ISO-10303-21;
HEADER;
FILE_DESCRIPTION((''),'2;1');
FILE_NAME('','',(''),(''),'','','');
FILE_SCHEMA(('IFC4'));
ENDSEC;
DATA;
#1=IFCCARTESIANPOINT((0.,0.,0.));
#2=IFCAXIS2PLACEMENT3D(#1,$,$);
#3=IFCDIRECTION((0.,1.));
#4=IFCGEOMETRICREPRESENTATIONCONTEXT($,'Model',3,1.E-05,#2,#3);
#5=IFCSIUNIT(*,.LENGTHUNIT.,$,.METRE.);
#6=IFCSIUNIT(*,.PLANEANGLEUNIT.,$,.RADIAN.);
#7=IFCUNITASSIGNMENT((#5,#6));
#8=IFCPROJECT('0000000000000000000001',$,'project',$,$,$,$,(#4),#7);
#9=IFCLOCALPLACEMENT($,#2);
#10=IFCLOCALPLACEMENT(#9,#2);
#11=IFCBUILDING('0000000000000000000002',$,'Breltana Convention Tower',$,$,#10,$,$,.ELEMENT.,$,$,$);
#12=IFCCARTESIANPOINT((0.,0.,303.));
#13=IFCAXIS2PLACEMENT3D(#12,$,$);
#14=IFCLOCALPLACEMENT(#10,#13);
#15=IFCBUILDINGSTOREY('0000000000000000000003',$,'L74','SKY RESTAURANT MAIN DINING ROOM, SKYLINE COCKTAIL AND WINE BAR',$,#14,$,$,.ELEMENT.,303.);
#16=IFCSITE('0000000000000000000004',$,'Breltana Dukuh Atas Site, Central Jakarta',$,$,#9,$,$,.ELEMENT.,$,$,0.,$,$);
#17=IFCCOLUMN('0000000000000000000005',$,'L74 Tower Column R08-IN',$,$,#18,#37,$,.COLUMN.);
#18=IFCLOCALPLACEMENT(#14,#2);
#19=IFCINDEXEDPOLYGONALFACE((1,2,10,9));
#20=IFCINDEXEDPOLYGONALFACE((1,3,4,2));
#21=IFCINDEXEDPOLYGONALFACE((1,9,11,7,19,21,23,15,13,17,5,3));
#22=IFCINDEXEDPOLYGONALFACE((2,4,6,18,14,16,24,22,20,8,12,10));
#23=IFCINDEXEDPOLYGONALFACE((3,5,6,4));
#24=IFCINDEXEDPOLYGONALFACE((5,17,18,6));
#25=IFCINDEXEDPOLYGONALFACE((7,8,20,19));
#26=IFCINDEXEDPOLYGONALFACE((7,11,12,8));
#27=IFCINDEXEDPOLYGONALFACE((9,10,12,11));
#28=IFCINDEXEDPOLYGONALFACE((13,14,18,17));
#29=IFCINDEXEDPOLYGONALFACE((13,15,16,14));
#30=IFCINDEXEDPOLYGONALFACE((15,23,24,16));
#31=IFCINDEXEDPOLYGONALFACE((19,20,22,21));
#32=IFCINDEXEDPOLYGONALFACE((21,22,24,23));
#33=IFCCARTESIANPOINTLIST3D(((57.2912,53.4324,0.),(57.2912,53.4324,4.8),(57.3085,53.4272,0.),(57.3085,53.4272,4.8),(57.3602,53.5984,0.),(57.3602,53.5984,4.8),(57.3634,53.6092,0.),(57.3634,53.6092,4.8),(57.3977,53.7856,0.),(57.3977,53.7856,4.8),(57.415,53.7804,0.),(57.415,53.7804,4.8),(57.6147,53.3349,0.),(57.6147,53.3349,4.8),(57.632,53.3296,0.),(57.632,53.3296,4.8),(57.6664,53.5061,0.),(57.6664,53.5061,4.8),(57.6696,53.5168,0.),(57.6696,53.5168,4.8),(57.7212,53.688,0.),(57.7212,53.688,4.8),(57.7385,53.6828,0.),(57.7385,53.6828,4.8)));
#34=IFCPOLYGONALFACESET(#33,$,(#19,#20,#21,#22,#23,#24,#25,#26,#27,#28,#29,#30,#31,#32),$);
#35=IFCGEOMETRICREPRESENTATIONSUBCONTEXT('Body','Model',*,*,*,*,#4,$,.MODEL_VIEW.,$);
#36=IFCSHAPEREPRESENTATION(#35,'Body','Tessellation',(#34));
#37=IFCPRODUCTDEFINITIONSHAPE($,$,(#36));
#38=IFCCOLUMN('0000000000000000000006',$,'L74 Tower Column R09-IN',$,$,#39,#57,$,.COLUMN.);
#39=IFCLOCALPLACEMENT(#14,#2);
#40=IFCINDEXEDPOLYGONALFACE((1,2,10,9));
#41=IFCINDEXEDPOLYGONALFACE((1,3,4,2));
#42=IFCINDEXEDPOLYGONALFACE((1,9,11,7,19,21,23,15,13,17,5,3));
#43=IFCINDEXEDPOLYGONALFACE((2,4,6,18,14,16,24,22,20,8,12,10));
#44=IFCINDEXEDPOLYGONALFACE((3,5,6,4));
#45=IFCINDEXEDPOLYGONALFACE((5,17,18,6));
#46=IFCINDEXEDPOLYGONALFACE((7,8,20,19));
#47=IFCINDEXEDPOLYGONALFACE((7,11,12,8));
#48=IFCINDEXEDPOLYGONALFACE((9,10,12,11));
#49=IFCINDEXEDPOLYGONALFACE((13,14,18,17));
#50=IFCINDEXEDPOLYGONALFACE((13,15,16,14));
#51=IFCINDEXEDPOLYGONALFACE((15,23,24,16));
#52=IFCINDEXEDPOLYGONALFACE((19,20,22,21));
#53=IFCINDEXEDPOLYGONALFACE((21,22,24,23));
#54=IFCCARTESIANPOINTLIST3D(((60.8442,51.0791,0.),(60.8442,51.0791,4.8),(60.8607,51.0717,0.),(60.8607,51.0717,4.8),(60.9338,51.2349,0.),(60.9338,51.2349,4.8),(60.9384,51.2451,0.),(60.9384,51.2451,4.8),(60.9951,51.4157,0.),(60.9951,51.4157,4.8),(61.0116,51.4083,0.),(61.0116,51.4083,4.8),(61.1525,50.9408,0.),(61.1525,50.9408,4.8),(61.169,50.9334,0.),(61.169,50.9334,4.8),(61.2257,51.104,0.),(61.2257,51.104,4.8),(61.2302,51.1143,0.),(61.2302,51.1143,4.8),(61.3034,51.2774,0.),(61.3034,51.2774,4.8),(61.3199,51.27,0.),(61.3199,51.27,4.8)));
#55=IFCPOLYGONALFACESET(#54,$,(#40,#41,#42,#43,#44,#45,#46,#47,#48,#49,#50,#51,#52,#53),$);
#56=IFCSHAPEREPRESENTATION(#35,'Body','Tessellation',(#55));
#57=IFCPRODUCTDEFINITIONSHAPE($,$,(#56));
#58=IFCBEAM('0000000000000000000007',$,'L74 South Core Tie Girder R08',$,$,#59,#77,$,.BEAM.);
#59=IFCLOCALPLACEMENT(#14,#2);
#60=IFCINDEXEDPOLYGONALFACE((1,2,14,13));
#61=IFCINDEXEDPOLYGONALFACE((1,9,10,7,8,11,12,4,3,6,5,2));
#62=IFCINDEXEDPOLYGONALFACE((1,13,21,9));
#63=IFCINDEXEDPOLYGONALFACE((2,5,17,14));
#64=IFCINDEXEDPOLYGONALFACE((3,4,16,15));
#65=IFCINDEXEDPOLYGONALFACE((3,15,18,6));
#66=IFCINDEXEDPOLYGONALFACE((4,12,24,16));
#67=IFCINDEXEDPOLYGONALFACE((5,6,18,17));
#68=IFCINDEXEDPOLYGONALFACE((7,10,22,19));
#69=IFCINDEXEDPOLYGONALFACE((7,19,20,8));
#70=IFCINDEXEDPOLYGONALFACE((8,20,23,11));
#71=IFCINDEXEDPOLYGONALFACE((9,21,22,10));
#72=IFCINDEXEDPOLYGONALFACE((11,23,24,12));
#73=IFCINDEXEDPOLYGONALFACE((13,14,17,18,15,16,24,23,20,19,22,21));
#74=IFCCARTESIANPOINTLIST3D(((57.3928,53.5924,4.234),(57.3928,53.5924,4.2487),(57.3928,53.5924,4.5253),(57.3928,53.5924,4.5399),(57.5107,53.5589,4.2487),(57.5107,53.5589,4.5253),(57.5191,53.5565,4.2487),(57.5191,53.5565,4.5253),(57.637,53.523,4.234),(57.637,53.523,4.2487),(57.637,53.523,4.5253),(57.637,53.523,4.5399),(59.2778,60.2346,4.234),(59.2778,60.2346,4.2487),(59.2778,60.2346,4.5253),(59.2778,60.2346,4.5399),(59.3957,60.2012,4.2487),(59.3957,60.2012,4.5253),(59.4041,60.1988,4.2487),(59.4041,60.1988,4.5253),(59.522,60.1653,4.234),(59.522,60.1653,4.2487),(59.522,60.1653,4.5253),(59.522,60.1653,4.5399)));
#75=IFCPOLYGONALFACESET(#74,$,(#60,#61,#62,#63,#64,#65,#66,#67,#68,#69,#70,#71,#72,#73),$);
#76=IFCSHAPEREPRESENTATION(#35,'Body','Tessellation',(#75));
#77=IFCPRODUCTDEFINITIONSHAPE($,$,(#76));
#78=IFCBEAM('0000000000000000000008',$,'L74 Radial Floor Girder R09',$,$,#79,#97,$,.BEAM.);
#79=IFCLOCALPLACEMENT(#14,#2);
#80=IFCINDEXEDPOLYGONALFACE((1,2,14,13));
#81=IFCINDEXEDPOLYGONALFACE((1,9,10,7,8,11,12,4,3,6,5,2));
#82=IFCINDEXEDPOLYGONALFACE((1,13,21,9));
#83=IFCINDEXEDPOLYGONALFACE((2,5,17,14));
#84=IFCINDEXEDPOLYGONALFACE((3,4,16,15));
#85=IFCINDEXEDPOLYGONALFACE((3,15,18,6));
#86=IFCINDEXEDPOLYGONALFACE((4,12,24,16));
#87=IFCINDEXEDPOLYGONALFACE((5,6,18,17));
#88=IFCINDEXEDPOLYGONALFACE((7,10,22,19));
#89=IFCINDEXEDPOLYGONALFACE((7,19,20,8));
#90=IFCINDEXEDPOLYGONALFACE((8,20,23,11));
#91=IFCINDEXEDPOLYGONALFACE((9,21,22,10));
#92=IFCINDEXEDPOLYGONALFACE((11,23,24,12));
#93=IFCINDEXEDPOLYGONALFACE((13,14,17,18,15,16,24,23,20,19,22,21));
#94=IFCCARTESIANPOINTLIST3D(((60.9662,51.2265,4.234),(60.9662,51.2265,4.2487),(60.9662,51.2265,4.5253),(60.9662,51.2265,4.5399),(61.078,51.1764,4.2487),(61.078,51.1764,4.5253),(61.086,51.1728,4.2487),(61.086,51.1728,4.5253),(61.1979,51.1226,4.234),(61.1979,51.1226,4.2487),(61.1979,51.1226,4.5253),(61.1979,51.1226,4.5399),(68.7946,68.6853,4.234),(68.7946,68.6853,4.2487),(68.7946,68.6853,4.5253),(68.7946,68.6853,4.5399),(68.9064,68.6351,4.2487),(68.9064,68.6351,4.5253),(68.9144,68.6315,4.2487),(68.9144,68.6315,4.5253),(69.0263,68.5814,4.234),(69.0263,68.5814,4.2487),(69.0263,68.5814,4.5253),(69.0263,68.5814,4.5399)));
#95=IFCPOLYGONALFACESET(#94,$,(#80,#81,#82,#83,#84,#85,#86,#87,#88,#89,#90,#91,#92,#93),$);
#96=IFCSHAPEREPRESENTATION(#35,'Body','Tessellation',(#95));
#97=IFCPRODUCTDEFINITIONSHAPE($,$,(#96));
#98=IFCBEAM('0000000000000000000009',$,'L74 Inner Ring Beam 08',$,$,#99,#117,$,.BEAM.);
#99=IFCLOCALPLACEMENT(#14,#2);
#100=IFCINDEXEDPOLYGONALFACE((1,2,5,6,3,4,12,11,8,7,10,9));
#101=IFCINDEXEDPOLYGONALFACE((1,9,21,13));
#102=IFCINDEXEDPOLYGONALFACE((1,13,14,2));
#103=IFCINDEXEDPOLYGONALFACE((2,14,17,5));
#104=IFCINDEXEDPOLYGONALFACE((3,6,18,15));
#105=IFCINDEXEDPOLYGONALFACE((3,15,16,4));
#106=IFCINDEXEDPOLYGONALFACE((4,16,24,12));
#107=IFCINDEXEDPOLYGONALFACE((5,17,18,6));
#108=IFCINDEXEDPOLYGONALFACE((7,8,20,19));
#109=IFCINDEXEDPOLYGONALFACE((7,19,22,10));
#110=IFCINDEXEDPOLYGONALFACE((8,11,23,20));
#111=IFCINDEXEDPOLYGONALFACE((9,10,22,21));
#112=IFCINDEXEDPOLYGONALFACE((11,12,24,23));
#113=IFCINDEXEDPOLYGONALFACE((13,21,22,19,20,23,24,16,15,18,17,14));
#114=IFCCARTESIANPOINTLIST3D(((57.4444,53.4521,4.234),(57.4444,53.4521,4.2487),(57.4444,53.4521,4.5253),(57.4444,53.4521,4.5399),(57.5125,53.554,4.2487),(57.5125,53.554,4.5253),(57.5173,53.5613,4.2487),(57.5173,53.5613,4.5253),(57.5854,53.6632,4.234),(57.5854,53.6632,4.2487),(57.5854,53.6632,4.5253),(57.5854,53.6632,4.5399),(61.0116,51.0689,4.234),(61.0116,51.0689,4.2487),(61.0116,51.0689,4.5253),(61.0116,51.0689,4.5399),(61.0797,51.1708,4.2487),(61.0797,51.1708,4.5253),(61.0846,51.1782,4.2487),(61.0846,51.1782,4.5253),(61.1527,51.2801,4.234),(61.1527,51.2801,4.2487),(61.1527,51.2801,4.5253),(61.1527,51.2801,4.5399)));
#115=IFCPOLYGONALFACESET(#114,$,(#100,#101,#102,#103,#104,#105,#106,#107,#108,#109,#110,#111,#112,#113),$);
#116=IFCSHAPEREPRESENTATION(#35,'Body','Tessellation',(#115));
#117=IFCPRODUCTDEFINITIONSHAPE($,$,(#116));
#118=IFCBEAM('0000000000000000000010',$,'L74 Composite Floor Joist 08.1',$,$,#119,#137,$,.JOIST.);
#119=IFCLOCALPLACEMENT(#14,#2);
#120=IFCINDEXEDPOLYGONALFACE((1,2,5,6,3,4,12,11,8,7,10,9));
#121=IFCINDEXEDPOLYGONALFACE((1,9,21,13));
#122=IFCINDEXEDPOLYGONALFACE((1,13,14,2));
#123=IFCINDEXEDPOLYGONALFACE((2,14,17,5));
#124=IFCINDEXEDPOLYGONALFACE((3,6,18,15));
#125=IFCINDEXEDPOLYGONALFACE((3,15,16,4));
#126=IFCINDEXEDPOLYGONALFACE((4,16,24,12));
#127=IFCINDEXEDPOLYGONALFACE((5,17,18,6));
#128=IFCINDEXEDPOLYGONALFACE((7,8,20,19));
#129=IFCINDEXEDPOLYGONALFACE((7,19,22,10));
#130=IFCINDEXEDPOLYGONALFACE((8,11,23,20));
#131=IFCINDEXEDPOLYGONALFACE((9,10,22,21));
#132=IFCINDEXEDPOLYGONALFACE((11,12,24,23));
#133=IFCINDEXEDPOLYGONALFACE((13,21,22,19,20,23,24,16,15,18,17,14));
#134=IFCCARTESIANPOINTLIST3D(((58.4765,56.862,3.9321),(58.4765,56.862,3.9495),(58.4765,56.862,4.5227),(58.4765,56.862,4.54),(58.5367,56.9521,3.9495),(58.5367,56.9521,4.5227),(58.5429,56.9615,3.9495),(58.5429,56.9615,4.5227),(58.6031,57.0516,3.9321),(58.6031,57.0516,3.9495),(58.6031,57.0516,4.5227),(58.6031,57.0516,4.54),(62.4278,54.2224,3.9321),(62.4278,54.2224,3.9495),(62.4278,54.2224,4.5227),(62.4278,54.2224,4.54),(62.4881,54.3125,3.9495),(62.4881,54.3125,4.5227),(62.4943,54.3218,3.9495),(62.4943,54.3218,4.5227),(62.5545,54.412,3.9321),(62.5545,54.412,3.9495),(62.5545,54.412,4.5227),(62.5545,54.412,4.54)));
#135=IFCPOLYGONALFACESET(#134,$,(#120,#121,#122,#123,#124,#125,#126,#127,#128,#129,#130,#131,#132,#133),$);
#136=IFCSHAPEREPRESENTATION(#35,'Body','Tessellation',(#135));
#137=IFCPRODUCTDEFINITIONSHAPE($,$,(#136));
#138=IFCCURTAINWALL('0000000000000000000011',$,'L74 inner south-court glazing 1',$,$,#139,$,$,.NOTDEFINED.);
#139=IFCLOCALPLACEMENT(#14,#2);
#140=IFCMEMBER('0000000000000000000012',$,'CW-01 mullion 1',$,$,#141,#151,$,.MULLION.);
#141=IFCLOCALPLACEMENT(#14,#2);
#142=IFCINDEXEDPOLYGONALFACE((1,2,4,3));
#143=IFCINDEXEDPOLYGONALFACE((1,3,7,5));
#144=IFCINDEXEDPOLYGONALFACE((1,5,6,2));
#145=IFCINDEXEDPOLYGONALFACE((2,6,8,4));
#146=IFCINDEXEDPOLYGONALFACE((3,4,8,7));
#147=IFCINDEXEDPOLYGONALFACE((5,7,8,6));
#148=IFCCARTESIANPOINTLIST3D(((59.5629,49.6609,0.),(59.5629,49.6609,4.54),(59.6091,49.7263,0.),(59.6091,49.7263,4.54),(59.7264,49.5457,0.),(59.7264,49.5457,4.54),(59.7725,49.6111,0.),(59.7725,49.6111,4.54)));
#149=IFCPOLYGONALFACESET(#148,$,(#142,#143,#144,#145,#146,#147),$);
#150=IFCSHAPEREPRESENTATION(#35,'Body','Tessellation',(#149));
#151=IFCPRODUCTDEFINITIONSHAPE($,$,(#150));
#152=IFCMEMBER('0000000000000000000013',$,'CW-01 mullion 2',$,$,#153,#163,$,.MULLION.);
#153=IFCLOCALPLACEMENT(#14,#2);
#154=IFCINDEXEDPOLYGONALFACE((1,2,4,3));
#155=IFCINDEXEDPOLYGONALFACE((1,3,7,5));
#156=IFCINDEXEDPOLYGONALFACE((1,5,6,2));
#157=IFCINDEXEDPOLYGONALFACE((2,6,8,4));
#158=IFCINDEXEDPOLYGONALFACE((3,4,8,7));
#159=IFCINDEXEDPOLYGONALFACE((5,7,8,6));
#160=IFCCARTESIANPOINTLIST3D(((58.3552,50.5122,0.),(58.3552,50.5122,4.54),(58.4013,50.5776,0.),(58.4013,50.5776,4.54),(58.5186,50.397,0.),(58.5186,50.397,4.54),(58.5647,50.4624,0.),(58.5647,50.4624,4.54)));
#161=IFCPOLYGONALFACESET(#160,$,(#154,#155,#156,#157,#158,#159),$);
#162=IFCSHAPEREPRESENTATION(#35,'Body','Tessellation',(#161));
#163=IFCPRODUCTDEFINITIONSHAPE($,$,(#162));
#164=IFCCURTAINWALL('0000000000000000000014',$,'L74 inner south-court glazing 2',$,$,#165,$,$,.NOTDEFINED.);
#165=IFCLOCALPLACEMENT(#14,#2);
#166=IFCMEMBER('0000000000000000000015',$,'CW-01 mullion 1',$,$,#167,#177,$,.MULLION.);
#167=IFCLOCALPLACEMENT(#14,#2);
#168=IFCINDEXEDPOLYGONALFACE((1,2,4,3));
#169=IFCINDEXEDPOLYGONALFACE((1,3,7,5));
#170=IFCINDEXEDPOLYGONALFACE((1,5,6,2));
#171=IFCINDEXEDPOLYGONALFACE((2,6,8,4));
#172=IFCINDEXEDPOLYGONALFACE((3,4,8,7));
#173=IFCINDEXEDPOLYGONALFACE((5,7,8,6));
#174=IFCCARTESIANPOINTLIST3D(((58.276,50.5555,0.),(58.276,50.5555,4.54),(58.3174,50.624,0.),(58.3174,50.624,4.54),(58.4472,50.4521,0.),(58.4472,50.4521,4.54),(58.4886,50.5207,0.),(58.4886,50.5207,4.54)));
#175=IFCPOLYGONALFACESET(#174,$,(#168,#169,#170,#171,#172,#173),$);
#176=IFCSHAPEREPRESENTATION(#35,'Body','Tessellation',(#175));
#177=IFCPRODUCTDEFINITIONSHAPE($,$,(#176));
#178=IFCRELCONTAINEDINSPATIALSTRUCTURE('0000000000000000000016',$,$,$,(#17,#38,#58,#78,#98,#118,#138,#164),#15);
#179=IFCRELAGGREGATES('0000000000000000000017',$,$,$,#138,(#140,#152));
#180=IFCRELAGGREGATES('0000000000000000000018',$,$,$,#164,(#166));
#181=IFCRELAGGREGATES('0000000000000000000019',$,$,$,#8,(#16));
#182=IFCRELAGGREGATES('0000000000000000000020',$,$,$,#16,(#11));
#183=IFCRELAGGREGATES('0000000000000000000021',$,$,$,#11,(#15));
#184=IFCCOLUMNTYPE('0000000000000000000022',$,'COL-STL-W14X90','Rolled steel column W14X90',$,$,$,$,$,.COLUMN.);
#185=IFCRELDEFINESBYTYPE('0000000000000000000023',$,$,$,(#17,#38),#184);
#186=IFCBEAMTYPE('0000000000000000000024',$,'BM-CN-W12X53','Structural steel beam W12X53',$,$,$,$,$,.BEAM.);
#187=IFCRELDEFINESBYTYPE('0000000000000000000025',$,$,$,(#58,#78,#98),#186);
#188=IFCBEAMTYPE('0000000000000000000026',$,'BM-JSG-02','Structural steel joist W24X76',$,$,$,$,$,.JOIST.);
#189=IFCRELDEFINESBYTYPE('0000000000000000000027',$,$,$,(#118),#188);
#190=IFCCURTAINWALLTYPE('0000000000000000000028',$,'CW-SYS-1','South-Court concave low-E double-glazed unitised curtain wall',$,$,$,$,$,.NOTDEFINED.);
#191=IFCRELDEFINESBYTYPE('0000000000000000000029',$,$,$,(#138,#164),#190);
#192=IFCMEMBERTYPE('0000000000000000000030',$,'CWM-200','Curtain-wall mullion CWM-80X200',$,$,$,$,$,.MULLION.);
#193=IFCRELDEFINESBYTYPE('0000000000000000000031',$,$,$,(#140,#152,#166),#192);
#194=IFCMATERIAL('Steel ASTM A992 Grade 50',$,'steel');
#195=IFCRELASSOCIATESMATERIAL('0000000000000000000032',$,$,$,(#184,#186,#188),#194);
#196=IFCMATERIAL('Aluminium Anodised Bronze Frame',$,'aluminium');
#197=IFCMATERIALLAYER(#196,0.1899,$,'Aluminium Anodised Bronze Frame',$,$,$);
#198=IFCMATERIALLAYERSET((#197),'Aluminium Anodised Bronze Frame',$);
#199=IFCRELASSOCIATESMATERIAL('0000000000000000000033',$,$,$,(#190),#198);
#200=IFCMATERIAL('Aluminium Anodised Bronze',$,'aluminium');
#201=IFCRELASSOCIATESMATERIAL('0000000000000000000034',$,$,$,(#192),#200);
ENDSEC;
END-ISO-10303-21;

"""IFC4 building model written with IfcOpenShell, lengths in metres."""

from ifc_helpers import new_model, si_unit, direction, frame, origin, origin_2d, place, context, subcontext, project, spatial, rectangle, i_section, extrude, source, transform, mapped, material, layer, layer_set, material_profile, profile_set, type_object, type_shapes, element, aggregate, save


model = new_model("IFC4")

# Units and contexts
model_context = context("Model", 3, precision=1e-05, world=origin(), true_north=direction((0.0, 1.0)))
body_context = subcontext(model_context, "Body", "Model", "MODEL_VIEW")
ifc_project = project(units=[si_unit("LENGTHUNIT", "METRE"), si_unit("PLANEANGLEUNIT", "RADIAN")], contexts=[model_context])

# Site, building, storey
site_placement = place(None, origin())
site = spatial("IfcSite", under=ifc_project, at=site_placement, Name="Breltana Dukuh Atas Site, Central Jakarta", CompositionType="ELEMENT", RefElevation=0.0)
building_placement = place(site_placement, origin())
building = spatial("IfcBuilding", under=site, at=building_placement, Name="Breltana Convention Tower", CompositionType="ELEMENT")
storey_placement = place(building_placement, frame((0.0, 0.0, 303.0)))
storey = spatial("IfcBuildingStorey", under=building, at=storey_placement, Name="L74", Description="SKY RESTAURANT MAIN DINING ROOM, SKYLINE COCKTAIL AND WINE BAR", CompositionType="ELEMENT", Elevation=303.0)

# Columns
ifc_material_1 = material(Name="Steel ASTM A992 Grade 50", Category="steel")
ifc_material_profile_1 = material_profile(ifc_material_1, i_section(OverallWidth=0.3689, OverallDepth=0.356, WebThickness=0.0112, FlangeThickness=0.0181, at=origin_2d()), Name="W14X90")
ifc_profile_set_1 = profile_set([ifc_material_profile_1], Name="Steel ASTM A992 Grade 50")
column_type = type_object("IfcColumnType", Name="COL-STL-W14X90", Description="Rolled steel column W14X90", PredefinedType="COLUMN", material=ifc_profile_set_1)
shared_shape_1 = source(origin(), body_context, "Body", "SweptSolid", [
    extrude(i_section(OverallWidth=0.3689, OverallDepth=0.356, WebThickness=0.0112, FlangeThickness=0.0181, at=origin_2d()), origin(), (0.0, 0.0, 1.0), 4.8),
])
type_shapes(column_type, [shared_shape_1])
for number, where, z_axis, x_axis, name in (
    (1, (57.5149, 53.5576, 0.0), (0.0, 0.0, 1.0), (0.288698, 0.95742, 0.0), "L74 Tower Column R08-IN"),
    (2, (61.082, 51.1746, 0.0), (0.0, 0.0, 1.0), (0.409127, 0.912477, 0.0), "L74 Tower Column R09-IN"),
):
    element("IfcColumn", number, at=place(storey_placement, frame(where, z_axis=z_axis, x_axis=x_axis)), inside=storey, type_object=column_type, Name=name, PredefinedType="COLUMN", context=body_context, shape_type="MappedRepresentation", body=[
        mapped(shared_shape_1, transform((0.0, 0.0, 0.0), scale=1.0)),
    ])

# Beams
ifc_material_profile_2 = material_profile(ifc_material_1, i_section(OverallWidth=0.2539, OverallDepth=0.3059, WebThickness=0.0088, FlangeThickness=0.0146, at=origin_2d()), Name="W12X53")
ifc_profile_set_2 = profile_set([ifc_material_profile_2], Name="Steel ASTM A992 Grade 50")
beam_type_1 = type_object("IfcBeamType", Name="BM-CN-W12X53", Description="Structural steel beam W12X53", PredefinedType="BEAM", material=ifc_profile_set_2)
shared_shape_2 = source(origin(), body_context, "Body", "SweptSolid", [
    extrude(i_section(OverallWidth=0.2539, OverallDepth=0.3059, WebThickness=0.0088, FlangeThickness=0.0146, at=origin_2d()), origin(), (0.0, 0.0, 1.0), 6.9045),
])
beam_1_placement = place(storey_placement, frame((59.3999, 60.2, 4.387), z_axis=(-0.273007, -0.962012, 0.0), x_axis=(0.962012, -0.273007, 0.0)))
element("IfcBeam", 3, at=beam_1_placement, inside=storey, type_object=beam_type_1, Name="L74 South Core Tie Girder R08", PredefinedType="BEAM", context=body_context, shape_type="MappedRepresentation", body=[
    mapped(shared_shape_2, transform((0.0, 0.0, 0.0), scale=1.0)),
])
shared_shape_3 = source(origin(), body_context, "Body", "SweptSolid", [
    extrude(i_section(OverallWidth=0.2539, OverallDepth=0.3059, WebThickness=0.0088, FlangeThickness=0.0146, at=origin_2d()), origin(), (0.0, 0.0, 1.0), 19.1335),
])
beam_2_placement = place(storey_placement, frame((61.082, 51.1746, 4.387), z_axis=(0.409145, 0.91247, 0.0), x_axis=(-0.91247, 0.409145, 0.0)))
element("IfcBeam", 4, at=beam_2_placement, inside=storey, type_object=beam_type_1, Name="L74 Radial Floor Girder R09", PredefinedType="BEAM", context=body_context, shape_type="MappedRepresentation", body=[
    mapped(shared_shape_3, transform((0.0, 0.0, 0.0), scale=1.0)),
])
shared_shape_4 = source(origin(), body_context, "Body", "SweptSolid", [
    extrude(i_section(OverallWidth=0.2539, OverallDepth=0.3059, WebThickness=0.0088, FlangeThickness=0.0146, at=origin_2d()), origin(), (0.0, 0.0, 1.0), 4.29),
])
beam_3_placement = place(storey_placement, frame((57.5149, 53.5576, 4.387), z_axis=(0.831516, -0.555501, 0.0), x_axis=(0.555501, 0.831516, 0.0)))
element("IfcBeam", 5, at=beam_3_placement, inside=storey, type_object=beam_type_1, Name="L74 Inner Ring Beam 08", PredefinedType="BEAM", context=body_context, shape_type="MappedRepresentation", body=[
    mapped(shared_shape_4, transform((0.0, 0.0, 0.0), scale=1.0)),
])
ifc_material_profile_3 = material_profile(ifc_material_1, i_section(OverallWidth=0.228, OverallDepth=0.6079, WebThickness=0.0112, FlangeThickness=0.0173, at=origin_2d()), Name="W24X76")
ifc_profile_set_3 = profile_set([ifc_material_profile_3], Name="Steel ASTM A992 Grade 50")
beam_type_2 = type_object("IfcBeamType", Name="BM-JSG-02", Description="Structural steel joist W24X76", PredefinedType="JOIST", material=ifc_profile_set_3)
shared_shape_5 = source(origin(), body_context, "Body", "SweptSolid", [
    extrude(i_section(OverallWidth=0.228, OverallDepth=0.6079, WebThickness=0.0112, FlangeThickness=0.0173, at=origin_2d()), origin(), (0.0, 0.0, 1.0), 4.752),
])
beam_4_placement = place(storey_placement, frame((58.5398, 56.9568, 4.2361), z_axis=(0.831528, -0.555482, 0.0), x_axis=(0.555482, 0.831528, 0.0)))
element("IfcBeam", 6, at=beam_4_placement, inside=storey, type_object=beam_type_2, Name="L74 Composite Floor Joist 08.1", PredefinedType="JOIST", context=body_context, shape_type="MappedRepresentation", body=[
    mapped(shared_shape_5, transform((0.0, 0.0, 0.0), scale=1.0)),
])

# Curtain walls, members
ifc_material_2 = material(Name="Aluminium Anodised Bronze Frame", Category="aluminium")
ifc_layer_1 = layer(ifc_material_2, 0.1899, Name="Aluminium Anodised Bronze Frame")
ifc_layer_set_1 = layer_set([ifc_layer_1], Name="Aluminium Anodised Bronze Frame")
curtain_wall_type = type_object("IfcCurtainWallType", Name="CW-SYS-1", Description="South-Court concave low-E double-glazed unitised curtain wall", PredefinedType="NOTDEFINED", material=ifc_layer_set_1)
curtain_wall_1_placement = place(storey_placement, origin())
curtain_wall_1 = element("IfcCurtainWall", 7, at=curtain_wall_1_placement, inside=storey, type_object=curtain_wall_type, Name="L74 inner south-court glazing 1", PredefinedType="NOTDEFINED")
ifc_material_3 = material(Name="Aluminium Anodised Bronze", Category="aluminium")
ifc_material_profile_4 = material_profile(ifc_material_3, rectangle(XDim=0.0801, YDim=0.2, at=origin_2d()), Name="CWM-80X200")
ifc_profile_set_4 = profile_set([ifc_material_profile_4], Name="Aluminium Anodised Bronze")
member_type_1 = type_object("IfcMemberType", Name="CWM-200", Description="Curtain-wall mullion CWM-80X200", PredefinedType="MULLION", material=ifc_profile_set_4)
shared_shape_6 = source(origin(), body_context, "Body", "SweptSolid", [
    extrude(rectangle(XDim=0.0801, YDim=0.2, at=origin_2d()), origin(), (0.0, 0.0, 1.0), 4.54),
])
member_1_placement = place(storey_placement, frame((59.6677, 49.636, 0.0), z_axis=(0.0, 0.0, 1.0), x_axis=(-0.576174, -0.817327, 0.0)))
member_1 = element("IfcMember", 8, at=member_1_placement, type_object=member_type_1, Name="CW-01 mullion 1", PredefinedType="MULLION", context=body_context, shape_type="MappedRepresentation", body=[
    mapped(shared_shape_6, transform((0.0, 0.0, 0.0), scale=1.0)),
])
member_2_placement = place(storey_placement, frame((58.46, 50.4873, 0.0), z_axis=(0.0, 0.0, 1.0), x_axis=(-0.576174, -0.817327, 0.0)))
member_2 = element("IfcMember", 9, at=member_2_placement, type_object=member_type_1, Name="CW-01 mullion 2", PredefinedType="MULLION", context=body_context, shape_type="MappedRepresentation", body=[
    mapped(shared_shape_6, transform((0.0, 0.0, 0.0), scale=1.0)),
])
curtain_wall_2_placement = place(storey_placement, origin())
curtain_wall_2 = element("IfcCurtainWall", 10, at=curtain_wall_2_placement, inside=storey, type_object=curtain_wall_type, Name="L74 inner south-court glazing 2", PredefinedType="NOTDEFINED")
member_3_placement = place(storey_placement, frame((58.3823, 50.5381, 0.0), z_axis=(0.0, 0.0, 1.0), x_axis=(-0.516827, -0.85609, 0.0)))
member_3 = element("IfcMember", 11, at=member_3_placement, type_object=member_type_1, Name="CW-01 mullion 1", PredefinedType="MULLION", context=body_context, shape_type="MappedRepresentation", body=[
    mapped(shared_shape_6, transform((0.0, 0.0, 0.0), scale=1.0)),
])

aggregate(curtain_wall_1, [member_1, member_2])
aggregate(curtain_wall_2, [member_3])

save(model, "model.ifc")
